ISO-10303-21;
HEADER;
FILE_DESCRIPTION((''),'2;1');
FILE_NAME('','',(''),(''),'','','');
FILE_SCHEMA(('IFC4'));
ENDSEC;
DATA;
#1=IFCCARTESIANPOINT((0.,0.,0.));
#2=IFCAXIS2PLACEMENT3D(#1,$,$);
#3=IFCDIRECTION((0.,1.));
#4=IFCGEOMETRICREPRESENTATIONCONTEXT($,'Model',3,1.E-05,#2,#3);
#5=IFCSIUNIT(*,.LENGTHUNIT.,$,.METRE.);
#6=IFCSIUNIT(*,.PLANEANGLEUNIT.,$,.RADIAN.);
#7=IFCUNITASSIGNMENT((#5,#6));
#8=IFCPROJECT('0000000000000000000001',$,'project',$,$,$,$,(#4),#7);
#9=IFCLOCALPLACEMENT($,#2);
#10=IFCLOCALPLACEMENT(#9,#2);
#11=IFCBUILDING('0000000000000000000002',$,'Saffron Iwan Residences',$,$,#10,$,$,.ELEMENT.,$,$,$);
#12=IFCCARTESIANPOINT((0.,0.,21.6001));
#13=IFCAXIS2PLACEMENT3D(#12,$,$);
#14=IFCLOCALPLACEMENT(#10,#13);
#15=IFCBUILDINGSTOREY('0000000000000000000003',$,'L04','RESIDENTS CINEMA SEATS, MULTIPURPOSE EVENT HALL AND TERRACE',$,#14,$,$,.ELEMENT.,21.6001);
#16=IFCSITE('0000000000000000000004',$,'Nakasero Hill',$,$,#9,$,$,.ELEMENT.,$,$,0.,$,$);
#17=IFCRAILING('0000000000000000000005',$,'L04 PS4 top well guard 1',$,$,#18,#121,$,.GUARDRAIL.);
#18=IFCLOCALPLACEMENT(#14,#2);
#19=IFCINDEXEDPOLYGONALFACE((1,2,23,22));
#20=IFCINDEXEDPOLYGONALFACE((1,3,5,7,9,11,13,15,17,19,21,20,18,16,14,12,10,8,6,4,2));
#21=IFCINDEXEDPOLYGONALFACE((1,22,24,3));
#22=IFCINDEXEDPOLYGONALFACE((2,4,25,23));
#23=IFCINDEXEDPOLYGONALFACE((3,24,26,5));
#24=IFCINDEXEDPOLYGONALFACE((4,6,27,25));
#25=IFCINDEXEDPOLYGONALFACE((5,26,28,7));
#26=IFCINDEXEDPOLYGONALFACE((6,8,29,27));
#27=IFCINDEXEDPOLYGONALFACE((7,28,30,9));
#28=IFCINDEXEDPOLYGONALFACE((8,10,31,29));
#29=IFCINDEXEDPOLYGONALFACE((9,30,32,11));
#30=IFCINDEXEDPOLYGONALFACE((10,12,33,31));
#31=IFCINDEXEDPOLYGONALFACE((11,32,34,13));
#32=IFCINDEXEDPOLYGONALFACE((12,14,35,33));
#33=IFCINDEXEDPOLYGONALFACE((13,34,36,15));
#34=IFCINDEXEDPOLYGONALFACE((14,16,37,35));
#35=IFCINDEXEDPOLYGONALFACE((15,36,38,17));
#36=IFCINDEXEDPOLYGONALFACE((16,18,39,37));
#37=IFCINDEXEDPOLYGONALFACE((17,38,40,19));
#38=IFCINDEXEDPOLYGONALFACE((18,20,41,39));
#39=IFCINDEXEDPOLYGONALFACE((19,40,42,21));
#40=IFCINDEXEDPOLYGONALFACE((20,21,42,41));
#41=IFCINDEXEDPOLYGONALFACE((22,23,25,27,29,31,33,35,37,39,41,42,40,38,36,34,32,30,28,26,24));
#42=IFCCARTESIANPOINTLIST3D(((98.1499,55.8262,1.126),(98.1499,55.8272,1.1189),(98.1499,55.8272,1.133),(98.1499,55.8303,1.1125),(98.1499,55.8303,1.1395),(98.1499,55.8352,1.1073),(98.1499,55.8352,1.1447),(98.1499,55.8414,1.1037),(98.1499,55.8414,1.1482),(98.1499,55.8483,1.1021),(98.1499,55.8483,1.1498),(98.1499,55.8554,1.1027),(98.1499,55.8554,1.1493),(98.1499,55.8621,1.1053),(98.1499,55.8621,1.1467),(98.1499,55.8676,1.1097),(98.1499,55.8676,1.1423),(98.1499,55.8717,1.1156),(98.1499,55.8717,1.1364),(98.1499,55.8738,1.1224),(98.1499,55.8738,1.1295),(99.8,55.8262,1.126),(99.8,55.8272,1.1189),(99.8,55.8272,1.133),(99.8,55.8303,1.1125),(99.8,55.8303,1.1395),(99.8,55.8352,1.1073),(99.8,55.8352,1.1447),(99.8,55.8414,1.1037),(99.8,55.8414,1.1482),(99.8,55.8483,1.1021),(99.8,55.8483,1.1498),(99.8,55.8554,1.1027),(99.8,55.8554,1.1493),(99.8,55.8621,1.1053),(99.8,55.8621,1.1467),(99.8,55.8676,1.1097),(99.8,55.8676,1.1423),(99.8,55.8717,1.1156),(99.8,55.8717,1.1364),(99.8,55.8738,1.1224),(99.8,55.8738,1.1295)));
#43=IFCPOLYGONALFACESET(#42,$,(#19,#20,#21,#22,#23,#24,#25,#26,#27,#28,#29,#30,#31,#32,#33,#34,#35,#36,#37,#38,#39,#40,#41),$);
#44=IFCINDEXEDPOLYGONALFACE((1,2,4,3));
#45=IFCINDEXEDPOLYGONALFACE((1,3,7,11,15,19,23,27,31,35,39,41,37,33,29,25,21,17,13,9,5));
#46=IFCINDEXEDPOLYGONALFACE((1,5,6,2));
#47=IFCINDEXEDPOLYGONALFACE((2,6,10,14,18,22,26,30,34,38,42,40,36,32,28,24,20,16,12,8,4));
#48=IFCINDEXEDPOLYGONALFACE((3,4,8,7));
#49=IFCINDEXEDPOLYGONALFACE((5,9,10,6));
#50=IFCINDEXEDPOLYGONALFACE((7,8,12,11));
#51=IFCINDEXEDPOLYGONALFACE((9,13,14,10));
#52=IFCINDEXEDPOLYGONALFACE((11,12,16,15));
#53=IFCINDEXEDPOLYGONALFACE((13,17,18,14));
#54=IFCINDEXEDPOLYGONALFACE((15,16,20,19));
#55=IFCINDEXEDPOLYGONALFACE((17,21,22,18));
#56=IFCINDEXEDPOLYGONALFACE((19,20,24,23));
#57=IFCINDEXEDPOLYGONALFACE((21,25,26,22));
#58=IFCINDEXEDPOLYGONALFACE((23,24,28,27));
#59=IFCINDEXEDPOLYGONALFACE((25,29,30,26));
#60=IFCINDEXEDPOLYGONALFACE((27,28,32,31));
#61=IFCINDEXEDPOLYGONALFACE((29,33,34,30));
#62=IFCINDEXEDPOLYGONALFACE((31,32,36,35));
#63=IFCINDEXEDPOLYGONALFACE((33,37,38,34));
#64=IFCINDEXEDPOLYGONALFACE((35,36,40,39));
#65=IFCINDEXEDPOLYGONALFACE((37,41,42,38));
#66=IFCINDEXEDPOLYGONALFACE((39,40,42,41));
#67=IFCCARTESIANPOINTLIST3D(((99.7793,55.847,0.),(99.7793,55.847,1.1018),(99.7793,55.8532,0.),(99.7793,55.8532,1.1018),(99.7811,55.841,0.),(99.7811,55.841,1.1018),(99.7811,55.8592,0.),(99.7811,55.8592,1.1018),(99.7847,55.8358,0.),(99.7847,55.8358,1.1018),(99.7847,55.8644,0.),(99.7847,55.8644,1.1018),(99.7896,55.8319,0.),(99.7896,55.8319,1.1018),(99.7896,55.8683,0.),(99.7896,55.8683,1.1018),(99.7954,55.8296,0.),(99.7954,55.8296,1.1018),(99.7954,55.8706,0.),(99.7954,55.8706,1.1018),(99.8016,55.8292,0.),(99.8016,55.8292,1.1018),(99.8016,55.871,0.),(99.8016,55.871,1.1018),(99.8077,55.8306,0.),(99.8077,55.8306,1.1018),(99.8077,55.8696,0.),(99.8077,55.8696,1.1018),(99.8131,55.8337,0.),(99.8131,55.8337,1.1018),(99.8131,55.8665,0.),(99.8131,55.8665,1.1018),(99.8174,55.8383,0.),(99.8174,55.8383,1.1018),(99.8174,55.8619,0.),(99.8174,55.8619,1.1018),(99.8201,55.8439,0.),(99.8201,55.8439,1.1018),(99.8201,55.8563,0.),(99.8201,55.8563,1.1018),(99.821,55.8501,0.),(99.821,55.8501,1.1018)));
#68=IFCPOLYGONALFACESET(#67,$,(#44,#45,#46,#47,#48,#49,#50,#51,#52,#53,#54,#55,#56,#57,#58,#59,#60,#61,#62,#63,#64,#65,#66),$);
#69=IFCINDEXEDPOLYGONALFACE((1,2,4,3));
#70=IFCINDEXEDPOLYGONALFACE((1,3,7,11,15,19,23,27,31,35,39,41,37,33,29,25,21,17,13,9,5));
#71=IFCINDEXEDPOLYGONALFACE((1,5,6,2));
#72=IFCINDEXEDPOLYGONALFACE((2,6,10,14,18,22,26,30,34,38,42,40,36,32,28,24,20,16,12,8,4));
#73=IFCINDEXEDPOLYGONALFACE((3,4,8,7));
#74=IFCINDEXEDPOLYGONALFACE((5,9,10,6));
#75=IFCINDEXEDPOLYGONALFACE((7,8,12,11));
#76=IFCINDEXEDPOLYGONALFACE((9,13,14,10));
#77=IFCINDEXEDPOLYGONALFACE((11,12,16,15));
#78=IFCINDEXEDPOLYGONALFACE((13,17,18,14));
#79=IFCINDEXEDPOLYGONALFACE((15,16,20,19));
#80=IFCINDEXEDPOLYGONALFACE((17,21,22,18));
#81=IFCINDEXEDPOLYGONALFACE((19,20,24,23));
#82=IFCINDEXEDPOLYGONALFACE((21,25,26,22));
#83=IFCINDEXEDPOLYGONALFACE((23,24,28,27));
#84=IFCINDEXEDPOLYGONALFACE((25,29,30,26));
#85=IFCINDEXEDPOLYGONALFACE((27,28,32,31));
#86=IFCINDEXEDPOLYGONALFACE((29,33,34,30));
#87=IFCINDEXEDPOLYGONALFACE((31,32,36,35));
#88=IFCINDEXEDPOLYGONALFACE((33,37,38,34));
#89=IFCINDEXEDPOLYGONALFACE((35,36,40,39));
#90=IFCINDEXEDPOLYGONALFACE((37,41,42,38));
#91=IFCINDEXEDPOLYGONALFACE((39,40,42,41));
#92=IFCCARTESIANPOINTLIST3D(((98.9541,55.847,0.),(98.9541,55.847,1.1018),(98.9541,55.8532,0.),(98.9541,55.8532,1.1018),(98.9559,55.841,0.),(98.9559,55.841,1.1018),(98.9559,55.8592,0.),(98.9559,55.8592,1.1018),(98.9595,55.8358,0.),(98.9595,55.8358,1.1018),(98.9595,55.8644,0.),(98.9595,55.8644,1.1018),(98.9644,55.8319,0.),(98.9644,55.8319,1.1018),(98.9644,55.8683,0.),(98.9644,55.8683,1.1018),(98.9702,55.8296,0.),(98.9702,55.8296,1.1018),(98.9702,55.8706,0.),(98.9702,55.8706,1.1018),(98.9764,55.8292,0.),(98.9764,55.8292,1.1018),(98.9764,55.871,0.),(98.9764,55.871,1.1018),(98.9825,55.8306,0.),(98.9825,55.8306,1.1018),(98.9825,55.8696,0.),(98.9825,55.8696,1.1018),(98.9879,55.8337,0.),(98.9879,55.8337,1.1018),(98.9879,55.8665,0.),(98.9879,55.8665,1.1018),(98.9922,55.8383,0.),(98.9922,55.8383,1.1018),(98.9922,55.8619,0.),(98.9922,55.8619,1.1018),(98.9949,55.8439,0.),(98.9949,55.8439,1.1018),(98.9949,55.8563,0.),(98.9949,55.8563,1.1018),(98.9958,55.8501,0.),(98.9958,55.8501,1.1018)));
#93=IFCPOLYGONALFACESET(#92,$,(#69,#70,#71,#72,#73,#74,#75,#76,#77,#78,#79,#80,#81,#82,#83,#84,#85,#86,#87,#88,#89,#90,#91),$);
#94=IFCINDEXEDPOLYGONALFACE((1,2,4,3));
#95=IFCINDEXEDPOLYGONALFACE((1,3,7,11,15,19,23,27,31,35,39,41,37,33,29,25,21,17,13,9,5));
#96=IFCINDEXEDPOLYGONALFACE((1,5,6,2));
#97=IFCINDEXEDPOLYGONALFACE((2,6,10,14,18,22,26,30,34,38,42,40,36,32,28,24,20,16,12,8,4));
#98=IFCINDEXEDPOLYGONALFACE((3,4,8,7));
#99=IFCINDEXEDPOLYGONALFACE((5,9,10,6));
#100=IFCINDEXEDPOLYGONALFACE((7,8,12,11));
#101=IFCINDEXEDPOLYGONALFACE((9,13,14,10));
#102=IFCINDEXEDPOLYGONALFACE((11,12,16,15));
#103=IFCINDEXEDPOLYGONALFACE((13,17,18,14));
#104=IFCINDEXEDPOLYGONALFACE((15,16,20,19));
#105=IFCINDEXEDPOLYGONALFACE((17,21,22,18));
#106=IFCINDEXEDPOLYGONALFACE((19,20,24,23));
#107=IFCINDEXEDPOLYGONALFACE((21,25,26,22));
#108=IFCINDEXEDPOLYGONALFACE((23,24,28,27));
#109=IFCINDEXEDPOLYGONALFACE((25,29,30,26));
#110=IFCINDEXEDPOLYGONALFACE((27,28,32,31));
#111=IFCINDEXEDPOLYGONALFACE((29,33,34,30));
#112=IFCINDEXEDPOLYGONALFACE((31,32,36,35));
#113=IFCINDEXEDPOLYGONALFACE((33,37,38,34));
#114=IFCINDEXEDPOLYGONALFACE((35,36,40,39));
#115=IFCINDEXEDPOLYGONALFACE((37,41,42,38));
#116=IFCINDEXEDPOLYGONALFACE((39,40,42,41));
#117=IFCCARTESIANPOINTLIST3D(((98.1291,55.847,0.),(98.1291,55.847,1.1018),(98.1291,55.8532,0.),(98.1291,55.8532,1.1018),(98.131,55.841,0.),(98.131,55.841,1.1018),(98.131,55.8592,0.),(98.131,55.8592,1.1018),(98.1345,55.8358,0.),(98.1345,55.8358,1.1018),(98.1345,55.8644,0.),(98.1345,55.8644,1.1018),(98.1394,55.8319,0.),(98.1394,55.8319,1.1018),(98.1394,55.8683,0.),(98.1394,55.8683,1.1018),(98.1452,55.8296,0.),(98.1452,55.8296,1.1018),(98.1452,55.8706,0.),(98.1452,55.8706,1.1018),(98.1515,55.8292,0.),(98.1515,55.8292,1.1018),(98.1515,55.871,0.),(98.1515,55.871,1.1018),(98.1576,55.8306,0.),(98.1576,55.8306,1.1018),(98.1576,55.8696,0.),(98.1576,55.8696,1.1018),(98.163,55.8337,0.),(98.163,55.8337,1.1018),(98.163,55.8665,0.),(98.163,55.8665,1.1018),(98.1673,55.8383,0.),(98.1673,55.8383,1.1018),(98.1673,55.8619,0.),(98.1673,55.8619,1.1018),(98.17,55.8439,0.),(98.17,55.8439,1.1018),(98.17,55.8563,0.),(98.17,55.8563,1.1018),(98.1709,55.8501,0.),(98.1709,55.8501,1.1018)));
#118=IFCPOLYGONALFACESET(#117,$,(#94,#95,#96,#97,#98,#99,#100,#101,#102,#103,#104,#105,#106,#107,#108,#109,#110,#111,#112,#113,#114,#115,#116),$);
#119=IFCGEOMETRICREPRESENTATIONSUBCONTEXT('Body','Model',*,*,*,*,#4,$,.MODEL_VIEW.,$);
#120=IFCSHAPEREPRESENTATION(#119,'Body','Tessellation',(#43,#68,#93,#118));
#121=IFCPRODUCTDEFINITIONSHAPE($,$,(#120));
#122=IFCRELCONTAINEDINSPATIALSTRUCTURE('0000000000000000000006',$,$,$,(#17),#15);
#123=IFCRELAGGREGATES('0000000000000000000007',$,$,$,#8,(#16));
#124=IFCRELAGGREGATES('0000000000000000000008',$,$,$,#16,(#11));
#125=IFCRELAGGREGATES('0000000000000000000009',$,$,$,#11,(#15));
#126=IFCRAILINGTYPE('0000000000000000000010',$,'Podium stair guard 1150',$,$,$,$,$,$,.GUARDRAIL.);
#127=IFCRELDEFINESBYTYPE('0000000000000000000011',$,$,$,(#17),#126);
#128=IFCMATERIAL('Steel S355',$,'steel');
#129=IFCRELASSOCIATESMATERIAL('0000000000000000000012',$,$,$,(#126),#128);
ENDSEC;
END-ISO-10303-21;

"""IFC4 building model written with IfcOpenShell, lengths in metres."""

from ifc_helpers import new_model, si_unit, direction, frame, origin, origin_2d, place, context, subcontext, project, spatial, circle, extrude, material, type_object, element, save


model = new_model("IFC4")

# Units and contexts
model_context = context("Model", 3, precision=1e-05, world=origin(), true_north=direction((0.0, 1.0)))
body_context = subcontext(model_context, "Body", "Model", "MODEL_VIEW")
ifc_project = project(units=[si_unit("LENGTHUNIT", "METRE"), si_unit("PLANEANGLEUNIT", "RADIAN")], contexts=[model_context])

# Site, building, storey
site_placement = place(None, origin())
site = spatial("IfcSite", under=ifc_project, at=site_placement, Name="Nakasero Hill", CompositionType="ELEMENT", RefElevation=0.0)
building_placement = place(site_placement, origin())
building = spatial("IfcBuilding", under=site, at=building_placement, Name="Saffron Iwan Residences", CompositionType="ELEMENT")
storey_placement = place(building_placement, frame((0.0, 0.0, 21.6001)))
storey = spatial("IfcBuildingStorey", under=building, at=storey_placement, Name="L04", Description="RESIDENTS CINEMA SEATS, MULTIPURPOSE EVENT HALL AND TERRACE", CompositionType="ELEMENT", Elevation=21.6001)

# Railing
ifc_material_1 = material(Name="Steel S355", Category="steel")
railing_type = type_object("IfcRailingType", Name="Podium stair guard 1150", PredefinedType="GUARDRAIL", material=ifc_material_1)
railing_1_placement = place(storey_placement, frame((99.8, 55.8501, 0.0)))
element("IfcRailing", 1, at=railing_1_placement, inside=storey, type_object=railing_type, Name="L04 PS4 top well guard 1", PredefinedType="GUARDRAIL", context=body_context, shape_type="SweptSolid", body=[
    extrude(circle(Radius=0.0239, at=origin_2d()), frame((0.0, 0.0, 1.126), z_axis=(-1.0, 0.0, 0.0), x_axis=(0.0, -1.0, 0.0)), (0.0, 0.0, 1.0), 1.6501),
    extrude(circle(Radius=0.021, at=origin_2d()), origin(), (0.0, 0.0, 1.0), 1.1018),
    extrude(circle(Radius=0.021, at=origin_2d()), frame((-0.8252, 0.0, 0.0)), (0.0, 0.0, 1.0), 1.1018),
    extrude(circle(Radius=0.021, at=origin_2d()), frame((-1.6501, 0.0, 0.0)), (0.0, 0.0, 1.0), 1.1018),
])

save(model, "model.ifc")
